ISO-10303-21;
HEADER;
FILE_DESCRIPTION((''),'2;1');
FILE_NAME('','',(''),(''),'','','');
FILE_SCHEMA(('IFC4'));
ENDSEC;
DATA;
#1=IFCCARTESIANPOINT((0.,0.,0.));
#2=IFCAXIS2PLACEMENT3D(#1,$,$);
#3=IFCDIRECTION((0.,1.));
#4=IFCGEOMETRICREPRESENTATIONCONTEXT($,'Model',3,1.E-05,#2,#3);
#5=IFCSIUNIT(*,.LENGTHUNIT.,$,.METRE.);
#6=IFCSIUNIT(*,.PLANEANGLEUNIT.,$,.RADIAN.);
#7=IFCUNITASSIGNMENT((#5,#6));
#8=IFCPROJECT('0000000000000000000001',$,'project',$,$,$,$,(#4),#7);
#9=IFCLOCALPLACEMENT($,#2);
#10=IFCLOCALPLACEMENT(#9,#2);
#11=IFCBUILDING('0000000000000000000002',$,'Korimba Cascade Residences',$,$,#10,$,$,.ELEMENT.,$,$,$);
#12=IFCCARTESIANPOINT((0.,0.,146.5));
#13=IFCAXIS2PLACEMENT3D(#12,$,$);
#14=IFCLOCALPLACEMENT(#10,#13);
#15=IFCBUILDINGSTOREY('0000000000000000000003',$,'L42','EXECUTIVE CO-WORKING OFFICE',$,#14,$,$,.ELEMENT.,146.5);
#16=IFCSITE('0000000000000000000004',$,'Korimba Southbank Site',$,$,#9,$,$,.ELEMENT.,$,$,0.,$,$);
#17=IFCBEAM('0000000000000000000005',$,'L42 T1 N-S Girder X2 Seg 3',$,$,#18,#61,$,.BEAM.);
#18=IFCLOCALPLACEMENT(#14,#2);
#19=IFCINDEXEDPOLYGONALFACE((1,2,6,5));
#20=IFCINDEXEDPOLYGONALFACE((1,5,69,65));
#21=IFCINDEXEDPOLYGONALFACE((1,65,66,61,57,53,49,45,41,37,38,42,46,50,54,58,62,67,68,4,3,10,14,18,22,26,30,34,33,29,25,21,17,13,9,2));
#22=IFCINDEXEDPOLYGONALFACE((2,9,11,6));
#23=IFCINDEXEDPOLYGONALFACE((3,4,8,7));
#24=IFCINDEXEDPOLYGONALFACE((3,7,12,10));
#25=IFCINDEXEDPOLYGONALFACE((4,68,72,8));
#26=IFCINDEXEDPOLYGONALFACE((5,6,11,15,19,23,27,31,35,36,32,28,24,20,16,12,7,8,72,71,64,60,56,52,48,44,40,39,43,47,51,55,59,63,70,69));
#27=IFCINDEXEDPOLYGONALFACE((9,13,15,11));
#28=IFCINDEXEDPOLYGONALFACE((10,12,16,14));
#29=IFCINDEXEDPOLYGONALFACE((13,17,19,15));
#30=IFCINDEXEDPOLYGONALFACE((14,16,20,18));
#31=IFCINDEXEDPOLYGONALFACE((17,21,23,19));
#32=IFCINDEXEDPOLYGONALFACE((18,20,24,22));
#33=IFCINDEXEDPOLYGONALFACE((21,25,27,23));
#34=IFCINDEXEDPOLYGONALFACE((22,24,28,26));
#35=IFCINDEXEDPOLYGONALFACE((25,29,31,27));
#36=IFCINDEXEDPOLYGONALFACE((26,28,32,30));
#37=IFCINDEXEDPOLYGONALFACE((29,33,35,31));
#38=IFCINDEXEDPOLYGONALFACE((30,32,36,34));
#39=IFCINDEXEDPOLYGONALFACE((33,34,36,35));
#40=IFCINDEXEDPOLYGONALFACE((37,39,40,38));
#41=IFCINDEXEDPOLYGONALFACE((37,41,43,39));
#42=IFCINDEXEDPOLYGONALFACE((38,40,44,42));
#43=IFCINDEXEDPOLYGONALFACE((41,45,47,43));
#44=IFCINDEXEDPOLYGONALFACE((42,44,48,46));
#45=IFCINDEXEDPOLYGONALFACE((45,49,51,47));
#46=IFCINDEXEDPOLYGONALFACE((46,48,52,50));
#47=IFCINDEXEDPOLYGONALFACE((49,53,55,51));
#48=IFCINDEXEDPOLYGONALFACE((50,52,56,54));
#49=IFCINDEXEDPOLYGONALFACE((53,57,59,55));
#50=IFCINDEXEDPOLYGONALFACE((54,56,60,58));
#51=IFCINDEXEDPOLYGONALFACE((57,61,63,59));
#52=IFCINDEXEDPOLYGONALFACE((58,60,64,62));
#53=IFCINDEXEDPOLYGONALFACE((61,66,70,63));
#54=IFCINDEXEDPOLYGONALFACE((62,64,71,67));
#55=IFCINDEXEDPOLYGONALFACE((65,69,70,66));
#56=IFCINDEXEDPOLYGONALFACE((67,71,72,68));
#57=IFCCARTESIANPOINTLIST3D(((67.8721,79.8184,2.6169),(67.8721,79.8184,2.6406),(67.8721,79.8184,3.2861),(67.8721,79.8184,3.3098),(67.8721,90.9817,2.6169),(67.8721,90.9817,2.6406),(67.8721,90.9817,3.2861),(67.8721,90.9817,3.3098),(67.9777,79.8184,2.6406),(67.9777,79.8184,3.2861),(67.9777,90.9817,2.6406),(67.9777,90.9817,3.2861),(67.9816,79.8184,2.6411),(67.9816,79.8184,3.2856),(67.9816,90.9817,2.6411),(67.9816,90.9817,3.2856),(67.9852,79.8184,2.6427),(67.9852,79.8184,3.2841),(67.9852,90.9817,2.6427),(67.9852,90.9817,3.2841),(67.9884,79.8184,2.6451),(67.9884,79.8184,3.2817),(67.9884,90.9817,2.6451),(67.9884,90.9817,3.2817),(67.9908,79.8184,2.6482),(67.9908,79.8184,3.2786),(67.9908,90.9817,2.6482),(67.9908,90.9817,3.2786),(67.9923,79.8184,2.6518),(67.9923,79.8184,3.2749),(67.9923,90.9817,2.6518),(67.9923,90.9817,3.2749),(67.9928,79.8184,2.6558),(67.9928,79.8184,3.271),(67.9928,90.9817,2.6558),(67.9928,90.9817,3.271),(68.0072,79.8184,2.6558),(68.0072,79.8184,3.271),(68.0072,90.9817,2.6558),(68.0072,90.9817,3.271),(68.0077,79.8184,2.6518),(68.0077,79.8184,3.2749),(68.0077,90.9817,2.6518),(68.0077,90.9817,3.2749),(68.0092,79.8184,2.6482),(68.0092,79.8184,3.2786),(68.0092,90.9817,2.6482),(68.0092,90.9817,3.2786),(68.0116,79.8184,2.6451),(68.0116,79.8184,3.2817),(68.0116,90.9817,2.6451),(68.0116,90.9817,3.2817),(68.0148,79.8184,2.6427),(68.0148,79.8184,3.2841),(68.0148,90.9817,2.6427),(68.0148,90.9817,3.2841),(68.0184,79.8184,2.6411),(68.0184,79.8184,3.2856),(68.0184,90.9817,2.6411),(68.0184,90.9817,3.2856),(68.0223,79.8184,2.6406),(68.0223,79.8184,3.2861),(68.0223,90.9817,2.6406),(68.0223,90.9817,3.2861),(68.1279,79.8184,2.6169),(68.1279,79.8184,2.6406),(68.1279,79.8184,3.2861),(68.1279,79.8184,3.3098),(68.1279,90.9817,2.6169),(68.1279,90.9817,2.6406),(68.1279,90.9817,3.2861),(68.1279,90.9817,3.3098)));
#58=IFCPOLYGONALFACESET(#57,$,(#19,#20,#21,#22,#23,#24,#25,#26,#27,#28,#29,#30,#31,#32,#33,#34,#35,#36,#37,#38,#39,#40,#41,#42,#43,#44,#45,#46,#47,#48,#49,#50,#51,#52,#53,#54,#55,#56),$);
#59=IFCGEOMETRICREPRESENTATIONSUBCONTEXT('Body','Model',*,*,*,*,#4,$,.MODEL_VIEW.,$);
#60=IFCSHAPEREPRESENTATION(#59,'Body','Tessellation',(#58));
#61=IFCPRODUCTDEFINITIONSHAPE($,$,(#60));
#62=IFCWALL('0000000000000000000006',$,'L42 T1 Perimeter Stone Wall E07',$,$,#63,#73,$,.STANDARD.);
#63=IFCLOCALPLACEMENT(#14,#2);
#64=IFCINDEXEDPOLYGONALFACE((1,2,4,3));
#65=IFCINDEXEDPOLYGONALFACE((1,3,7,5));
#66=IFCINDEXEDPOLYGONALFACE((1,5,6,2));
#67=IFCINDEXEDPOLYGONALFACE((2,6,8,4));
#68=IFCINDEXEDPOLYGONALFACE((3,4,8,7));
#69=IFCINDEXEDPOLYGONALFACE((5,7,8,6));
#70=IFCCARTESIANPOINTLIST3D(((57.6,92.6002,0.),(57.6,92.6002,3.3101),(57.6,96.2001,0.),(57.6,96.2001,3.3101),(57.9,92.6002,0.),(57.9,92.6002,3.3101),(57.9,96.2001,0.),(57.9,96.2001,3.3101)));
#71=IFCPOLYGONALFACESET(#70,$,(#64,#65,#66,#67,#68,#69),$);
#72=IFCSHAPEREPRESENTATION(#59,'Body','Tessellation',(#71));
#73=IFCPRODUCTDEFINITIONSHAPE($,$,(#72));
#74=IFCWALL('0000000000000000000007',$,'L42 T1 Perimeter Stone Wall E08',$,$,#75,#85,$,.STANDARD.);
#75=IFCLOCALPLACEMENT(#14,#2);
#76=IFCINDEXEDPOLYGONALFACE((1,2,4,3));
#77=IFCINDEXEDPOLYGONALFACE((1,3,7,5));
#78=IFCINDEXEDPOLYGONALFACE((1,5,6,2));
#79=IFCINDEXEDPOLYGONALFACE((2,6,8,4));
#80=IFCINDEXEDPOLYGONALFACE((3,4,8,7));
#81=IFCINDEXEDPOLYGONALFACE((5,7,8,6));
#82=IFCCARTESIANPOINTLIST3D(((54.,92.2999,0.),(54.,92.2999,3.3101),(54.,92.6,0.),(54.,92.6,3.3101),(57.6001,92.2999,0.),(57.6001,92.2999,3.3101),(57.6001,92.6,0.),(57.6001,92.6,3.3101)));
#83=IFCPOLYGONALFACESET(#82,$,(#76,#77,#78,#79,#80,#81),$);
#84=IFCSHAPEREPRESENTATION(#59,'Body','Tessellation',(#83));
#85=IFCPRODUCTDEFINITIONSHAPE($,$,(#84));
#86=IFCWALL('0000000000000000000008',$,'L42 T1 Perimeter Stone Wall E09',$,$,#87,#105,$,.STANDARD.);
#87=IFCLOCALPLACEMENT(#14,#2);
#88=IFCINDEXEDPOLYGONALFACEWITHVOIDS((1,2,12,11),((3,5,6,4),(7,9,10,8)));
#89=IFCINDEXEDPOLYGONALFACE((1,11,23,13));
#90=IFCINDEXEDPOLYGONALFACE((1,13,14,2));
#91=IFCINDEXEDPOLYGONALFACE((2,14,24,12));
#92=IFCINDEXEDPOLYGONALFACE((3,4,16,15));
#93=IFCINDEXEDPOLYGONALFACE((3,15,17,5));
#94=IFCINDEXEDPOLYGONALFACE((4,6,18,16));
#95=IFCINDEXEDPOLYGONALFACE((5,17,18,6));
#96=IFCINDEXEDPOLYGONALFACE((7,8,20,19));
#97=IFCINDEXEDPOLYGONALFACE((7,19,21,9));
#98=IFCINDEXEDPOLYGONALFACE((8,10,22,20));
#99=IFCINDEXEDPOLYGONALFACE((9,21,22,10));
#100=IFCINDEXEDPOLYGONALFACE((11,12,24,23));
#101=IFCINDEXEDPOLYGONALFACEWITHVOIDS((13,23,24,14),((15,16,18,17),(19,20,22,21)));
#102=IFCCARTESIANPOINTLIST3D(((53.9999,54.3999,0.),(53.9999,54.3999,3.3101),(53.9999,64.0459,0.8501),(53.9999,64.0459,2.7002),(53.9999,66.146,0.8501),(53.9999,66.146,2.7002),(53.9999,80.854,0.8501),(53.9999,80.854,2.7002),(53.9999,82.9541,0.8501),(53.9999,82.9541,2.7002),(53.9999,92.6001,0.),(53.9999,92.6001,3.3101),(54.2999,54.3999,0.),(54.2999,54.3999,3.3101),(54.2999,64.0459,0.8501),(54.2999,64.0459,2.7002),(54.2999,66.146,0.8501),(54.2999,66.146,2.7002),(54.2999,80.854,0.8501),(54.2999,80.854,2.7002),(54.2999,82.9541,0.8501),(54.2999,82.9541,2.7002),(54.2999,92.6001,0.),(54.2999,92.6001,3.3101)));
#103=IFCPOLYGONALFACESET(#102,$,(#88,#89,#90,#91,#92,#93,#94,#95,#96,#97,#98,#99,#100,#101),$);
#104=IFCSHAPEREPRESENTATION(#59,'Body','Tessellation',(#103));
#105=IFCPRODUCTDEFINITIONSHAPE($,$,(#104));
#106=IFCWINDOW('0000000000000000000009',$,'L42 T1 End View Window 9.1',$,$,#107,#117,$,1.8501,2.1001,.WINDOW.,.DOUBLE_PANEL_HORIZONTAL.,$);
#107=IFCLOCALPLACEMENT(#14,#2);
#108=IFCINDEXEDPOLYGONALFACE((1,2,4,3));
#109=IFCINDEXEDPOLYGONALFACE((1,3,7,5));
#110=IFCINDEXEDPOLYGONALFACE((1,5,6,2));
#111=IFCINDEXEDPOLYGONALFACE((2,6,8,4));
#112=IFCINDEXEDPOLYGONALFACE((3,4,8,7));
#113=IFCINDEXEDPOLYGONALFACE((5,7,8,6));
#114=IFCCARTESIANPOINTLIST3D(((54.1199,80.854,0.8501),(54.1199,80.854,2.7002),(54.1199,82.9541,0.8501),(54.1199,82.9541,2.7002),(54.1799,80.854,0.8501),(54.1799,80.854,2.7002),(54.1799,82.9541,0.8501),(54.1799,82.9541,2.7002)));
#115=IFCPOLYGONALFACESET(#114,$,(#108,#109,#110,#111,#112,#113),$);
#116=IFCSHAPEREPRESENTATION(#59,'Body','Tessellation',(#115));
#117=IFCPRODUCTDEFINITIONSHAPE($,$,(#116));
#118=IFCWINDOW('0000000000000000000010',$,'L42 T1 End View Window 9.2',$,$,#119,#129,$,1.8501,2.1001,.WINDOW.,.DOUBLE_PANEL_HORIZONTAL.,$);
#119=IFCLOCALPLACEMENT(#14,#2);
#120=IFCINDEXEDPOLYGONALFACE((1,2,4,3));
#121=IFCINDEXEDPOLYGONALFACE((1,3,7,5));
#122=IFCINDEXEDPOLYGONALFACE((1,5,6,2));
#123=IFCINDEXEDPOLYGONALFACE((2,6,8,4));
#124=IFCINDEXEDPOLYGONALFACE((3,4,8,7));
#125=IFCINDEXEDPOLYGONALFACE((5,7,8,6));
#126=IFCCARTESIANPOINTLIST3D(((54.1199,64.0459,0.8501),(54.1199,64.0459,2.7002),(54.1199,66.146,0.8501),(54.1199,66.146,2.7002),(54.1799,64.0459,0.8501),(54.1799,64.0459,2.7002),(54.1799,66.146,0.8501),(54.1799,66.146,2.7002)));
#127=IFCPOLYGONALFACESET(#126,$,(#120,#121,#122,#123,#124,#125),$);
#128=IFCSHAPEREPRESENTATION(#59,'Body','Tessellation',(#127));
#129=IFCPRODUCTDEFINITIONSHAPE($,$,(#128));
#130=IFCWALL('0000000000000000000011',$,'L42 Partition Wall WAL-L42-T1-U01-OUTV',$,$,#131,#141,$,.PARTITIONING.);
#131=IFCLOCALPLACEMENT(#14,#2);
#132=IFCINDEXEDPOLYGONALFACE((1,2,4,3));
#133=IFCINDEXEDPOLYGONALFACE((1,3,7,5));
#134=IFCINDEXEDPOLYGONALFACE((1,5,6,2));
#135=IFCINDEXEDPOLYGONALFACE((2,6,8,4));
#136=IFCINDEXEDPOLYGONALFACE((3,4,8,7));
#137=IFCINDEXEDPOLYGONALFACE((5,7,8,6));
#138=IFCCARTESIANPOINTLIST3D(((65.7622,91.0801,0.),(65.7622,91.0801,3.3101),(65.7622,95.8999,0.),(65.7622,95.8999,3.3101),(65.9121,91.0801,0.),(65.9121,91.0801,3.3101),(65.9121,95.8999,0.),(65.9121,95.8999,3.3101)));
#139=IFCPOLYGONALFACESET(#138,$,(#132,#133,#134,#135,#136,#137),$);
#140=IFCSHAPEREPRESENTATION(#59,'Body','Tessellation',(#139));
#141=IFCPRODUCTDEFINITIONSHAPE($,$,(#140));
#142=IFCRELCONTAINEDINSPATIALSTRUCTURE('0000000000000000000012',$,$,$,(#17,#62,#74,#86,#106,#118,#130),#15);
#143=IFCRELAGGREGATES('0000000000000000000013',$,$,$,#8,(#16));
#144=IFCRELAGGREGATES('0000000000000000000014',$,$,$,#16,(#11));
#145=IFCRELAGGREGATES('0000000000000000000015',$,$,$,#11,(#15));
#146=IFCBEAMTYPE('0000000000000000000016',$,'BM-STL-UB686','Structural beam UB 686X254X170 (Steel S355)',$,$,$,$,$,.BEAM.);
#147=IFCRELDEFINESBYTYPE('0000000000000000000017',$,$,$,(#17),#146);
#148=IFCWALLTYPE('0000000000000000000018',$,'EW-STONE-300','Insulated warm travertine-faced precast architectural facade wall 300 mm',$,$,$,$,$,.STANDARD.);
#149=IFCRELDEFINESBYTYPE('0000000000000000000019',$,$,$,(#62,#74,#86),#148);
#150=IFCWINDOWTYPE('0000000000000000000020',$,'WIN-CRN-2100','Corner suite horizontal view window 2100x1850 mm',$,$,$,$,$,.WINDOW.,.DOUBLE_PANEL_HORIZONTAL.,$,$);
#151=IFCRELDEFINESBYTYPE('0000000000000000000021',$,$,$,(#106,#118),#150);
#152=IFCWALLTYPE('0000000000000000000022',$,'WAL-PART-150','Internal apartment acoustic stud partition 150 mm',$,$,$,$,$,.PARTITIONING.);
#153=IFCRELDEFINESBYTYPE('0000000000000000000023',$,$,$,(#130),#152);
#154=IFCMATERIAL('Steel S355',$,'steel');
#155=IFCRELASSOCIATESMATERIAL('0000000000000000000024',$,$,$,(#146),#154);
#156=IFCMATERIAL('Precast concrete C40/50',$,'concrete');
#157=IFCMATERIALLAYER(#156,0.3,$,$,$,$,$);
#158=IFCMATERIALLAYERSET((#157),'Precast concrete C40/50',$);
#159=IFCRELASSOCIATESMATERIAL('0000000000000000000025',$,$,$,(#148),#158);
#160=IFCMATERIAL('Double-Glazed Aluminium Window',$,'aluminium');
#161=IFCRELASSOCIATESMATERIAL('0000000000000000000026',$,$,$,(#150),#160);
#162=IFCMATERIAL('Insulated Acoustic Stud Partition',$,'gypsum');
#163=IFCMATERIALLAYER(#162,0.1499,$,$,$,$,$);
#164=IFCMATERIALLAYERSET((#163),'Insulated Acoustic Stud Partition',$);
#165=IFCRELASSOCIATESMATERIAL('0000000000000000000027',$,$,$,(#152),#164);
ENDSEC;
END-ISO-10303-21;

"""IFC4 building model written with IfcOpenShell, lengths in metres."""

from ifc_helpers import new_model, si_unit, direction, frame, frame_2d, origin, origin_2d, place, context, subcontext, project, spatial, rectangle, i_section, extrude, material, layer, layer_set, material_profile, profile_set, type_object, element, fill, save


model = new_model("IFC4")

# Units and contexts
model_context = context("Model", 3, precision=1e-05, world=origin(), true_north=direction((0.0, 1.0)))
body_context = subcontext(model_context, "Body", "Model", "MODEL_VIEW")
ifc_project = project(units=[si_unit("LENGTHUNIT", "METRE"), si_unit("PLANEANGLEUNIT", "RADIAN")], contexts=[model_context])

# Site, building, storey
site_placement = place(None, origin())
site = spatial("IfcSite", under=ifc_project, at=site_placement, Name="Korimba Southbank Site", CompositionType="ELEMENT", RefElevation=0.0)
building_placement = place(site_placement, origin())
building = spatial("IfcBuilding", under=site, at=building_placement, Name="Korimba Cascade Residences", CompositionType="ELEMENT")
storey_placement = place(building_placement, frame((0.0, 0.0, 146.5)))
storey = spatial("IfcBuildingStorey", under=building, at=storey_placement, Name="L42", Description="EXECUTIVE CO-WORKING OFFICE", CompositionType="ELEMENT", Elevation=146.5)

# Beam
ifc_material_1 = material(Name="Steel S355", Category="steel")
ifc_material_profile_1 = material_profile(ifc_material_1, i_section(OverallWidth=0.2559, OverallDepth=0.6929, WebThickness=0.0144, FlangeThickness=0.0237, FilletRadius=0.0151, at=origin_2d()), Name="Steel S355")
ifc_profile_set_1 = profile_set([ifc_material_profile_1], Name="Steel S355")
beam_type_1 = type_object("IfcBeamType", Name="BM-STL-UB686", Description="Structural beam UB 686X254X170 (Steel S355)", PredefinedType="BEAM", material=ifc_profile_set_1)
beam_1_placement = place(storey_placement, frame((68.0, 79.8184, 2.9634), z_axis=(0.0, 1.0, 0.0), x_axis=(-1.0, 0.0, 0.0)))
element("IfcBeam", 1, at=beam_1_placement, inside=storey, type_object=beam_type_1, Name="L42 T1 N-S Girder X2 Seg 3", PredefinedType="BEAM", context=body_context, shape_type="SweptSolid", body=[
    extrude(i_section(OverallWidth=0.2559, OverallDepth=0.6929, WebThickness=0.0144, FlangeThickness=0.0237, FilletRadius=0.0151, at=origin_2d()), origin(), (0.0, 0.0, 1.0), 11.1633),
])

# Walls
ifc_material_2 = material(Name="Precast concrete C40/50", Category="concrete")
ifc_layer_1 = layer(ifc_material_2, 0.3)
ifc_layer_set_1 = layer_set([ifc_layer_1], Name="Precast concrete C40/50")
wall_type_1 = type_object("IfcWallType", Name="EW-STONE-300", Description="Insulated warm travertine-faced precast architectural facade wall 300 mm", PredefinedType="STANDARD", material=ifc_layer_set_1)
wall_1_placement = place(storey_placement, frame((57.75, 96.2, 0.0), z_axis=(0.0, 0.0, 1.0), x_axis=(0.0, -1.0, 0.0)))
element("IfcWall", 2, at=wall_1_placement, inside=storey, type_object=wall_type_1, Name="L42 T1 Perimeter Stone Wall E07", PredefinedType="STANDARD", context=body_context, shape_type="SweptSolid", body=[
    extrude(rectangle(XDim=3.5999, YDim=0.3, at=frame_2d((1.7998, 0.0))), origin(), (0.0, 0.0, 1.0), 3.3101),
])
wall_2_placement = place(storey_placement, frame((57.6001, 92.45, 0.0), z_axis=(0.0, 0.0, 1.0), x_axis=(-1.0, 0.0, 0.0)))
element("IfcWall", 3, at=wall_2_placement, inside=storey, type_object=wall_type_1, Name="L42 T1 Perimeter Stone Wall E08", PredefinedType="STANDARD", context=body_context, shape_type="SweptSolid", body=[
    extrude(rectangle(XDim=3.6001, YDim=0.3, at=frame_2d((1.8, 0.0))), origin(), (0.0, 0.0, 1.0), 3.3101),
])

# Wall, openings, windows
wall_3_placement = place(storey_placement, frame((54.1499, 92.6001, 0.0), z_axis=(0.0, 0.0, 1.0), x_axis=(0.0, -1.0, 0.0)))
wall_3 = element("IfcWall", 4, at=wall_3_placement, inside=storey, type_object=wall_type_1, Name="L42 T1 Perimeter Stone Wall E09", PredefinedType="STANDARD", context=body_context, shape_type="SweptSolid", body=[
    extrude(rectangle(XDim=38.2002, YDim=0.3, at=frame_2d((19.1001, 0.0))), origin(), (0.0, 0.0, 1.0), 3.3101),
])
opening_1_placement = place(wall_3_placement, frame((9.646, 0.0, 0.8501)))
opening_1 = element("IfcOpeningElement", 5, at=opening_1_placement, cuts=wall_3, PredefinedType="OPENING", context=body_context, shape_type="SweptSolid", body=[
    extrude(rectangle(XDim=2.1001, YDim=1.8501, at=frame_2d((1.05, 0.925))), frame((0.0, 0.1602, 0.0), z_axis=(0.0, -1.0, 0.0), x_axis=(1.0, 0.0, 0.0)), (0.0, 0.0, 1.0), 0.3201),
])
opening_2_placement = place(wall_3_placement, frame((26.4541, 0.0, 0.8501)))
opening_2 = element("IfcOpeningElement", 6, at=opening_2_placement, cuts=wall_3, PredefinedType="OPENING", context=body_context, shape_type="SweptSolid", body=[
    extrude(rectangle(XDim=2.1001, YDim=1.8501, at=frame_2d((1.05, 0.925))), frame((0.0, 0.1602, 0.0), z_axis=(0.0, -1.0, 0.0), x_axis=(1.0, 0.0, 0.0)), (0.0, 0.0, 1.0), 0.3201),
])
ifc_material_3 = material(Name="Double-Glazed Aluminium Window", Category="aluminium")
window_type = type_object("IfcWindowType", Name="WIN-CRN-2100", Description="Corner suite horizontal view window 2100x1850 mm", PartitioningType="DOUBLE_PANEL_HORIZONTAL", PredefinedType="WINDOW", material=ifc_material_3)
window_1_placement = place(opening_1_placement, origin())
window_1 = element("IfcWindow", 7, at=window_1_placement, inside=storey, type_object=window_type, Name="L42 T1 End View Window 9.1", OverallHeight=1.8501, OverallWidth=2.1001, PartitioningType="DOUBLE_PANEL_HORIZONTAL", PredefinedType="WINDOW", context=body_context, shape_type="SweptSolid", body=[
    extrude(rectangle(XDim=2.1001, YDim=1.8501, at=frame_2d((1.05, 0.925))), frame((0.0, 0.03, 0.0), z_axis=(0.0, -1.0, 0.0), x_axis=(1.0, 0.0, 0.0)), (0.0, 0.0, 1.0), 0.0601),
])
fill(opening_1, window_1)
window_2_placement = place(opening_2_placement, origin())
window_2 = element("IfcWindow", 8, at=window_2_placement, inside=storey, type_object=window_type, Name="L42 T1 End View Window 9.2", OverallHeight=1.8501, OverallWidth=2.1001, PartitioningType="DOUBLE_PANEL_HORIZONTAL", PredefinedType="WINDOW", context=body_context, shape_type="SweptSolid", body=[
    extrude(rectangle(XDim=2.1001, YDim=1.8501, at=frame_2d((1.05, 0.925))), frame((0.0, 0.03, 0.0), z_axis=(0.0, -1.0, 0.0), x_axis=(1.0, 0.0, 0.0)), (0.0, 0.0, 1.0), 0.0601),
])
fill(opening_2, window_2)

# Wall
ifc_material_4 = material(Name="Insulated Acoustic Stud Partition", Category="gypsum")
ifc_layer_2 = layer(ifc_material_4, 0.1499)
ifc_layer_set_2 = layer_set([ifc_layer_2], Name="Insulated Acoustic Stud Partition")
wall_type_2 = type_object("IfcWallType", Name="WAL-PART-150", Description="Internal apartment acoustic stud partition 150 mm", PredefinedType="PARTITIONING", material=ifc_layer_set_2)
wall_4_placement = place(storey_placement, frame((65.8372, 91.0801, 0.0), z_axis=(0.0, 0.0, 1.0), x_axis=(0.0, 1.0, 0.0)))
element("IfcWall", 9, at=wall_4_placement, inside=storey, type_object=wall_type_2, Name="L42 Partition Wall WAL-L42-T1-U01-OUTV", PredefinedType="PARTITIONING", context=body_context, shape_type="SweptSolid", body=[
    extrude(rectangle(XDim=4.8198, YDim=0.1499, at=frame_2d((2.4099, 0.0))), origin(), (0.0, 0.0, 1.0), 3.3101),
])

save(model, "model.ifc")
